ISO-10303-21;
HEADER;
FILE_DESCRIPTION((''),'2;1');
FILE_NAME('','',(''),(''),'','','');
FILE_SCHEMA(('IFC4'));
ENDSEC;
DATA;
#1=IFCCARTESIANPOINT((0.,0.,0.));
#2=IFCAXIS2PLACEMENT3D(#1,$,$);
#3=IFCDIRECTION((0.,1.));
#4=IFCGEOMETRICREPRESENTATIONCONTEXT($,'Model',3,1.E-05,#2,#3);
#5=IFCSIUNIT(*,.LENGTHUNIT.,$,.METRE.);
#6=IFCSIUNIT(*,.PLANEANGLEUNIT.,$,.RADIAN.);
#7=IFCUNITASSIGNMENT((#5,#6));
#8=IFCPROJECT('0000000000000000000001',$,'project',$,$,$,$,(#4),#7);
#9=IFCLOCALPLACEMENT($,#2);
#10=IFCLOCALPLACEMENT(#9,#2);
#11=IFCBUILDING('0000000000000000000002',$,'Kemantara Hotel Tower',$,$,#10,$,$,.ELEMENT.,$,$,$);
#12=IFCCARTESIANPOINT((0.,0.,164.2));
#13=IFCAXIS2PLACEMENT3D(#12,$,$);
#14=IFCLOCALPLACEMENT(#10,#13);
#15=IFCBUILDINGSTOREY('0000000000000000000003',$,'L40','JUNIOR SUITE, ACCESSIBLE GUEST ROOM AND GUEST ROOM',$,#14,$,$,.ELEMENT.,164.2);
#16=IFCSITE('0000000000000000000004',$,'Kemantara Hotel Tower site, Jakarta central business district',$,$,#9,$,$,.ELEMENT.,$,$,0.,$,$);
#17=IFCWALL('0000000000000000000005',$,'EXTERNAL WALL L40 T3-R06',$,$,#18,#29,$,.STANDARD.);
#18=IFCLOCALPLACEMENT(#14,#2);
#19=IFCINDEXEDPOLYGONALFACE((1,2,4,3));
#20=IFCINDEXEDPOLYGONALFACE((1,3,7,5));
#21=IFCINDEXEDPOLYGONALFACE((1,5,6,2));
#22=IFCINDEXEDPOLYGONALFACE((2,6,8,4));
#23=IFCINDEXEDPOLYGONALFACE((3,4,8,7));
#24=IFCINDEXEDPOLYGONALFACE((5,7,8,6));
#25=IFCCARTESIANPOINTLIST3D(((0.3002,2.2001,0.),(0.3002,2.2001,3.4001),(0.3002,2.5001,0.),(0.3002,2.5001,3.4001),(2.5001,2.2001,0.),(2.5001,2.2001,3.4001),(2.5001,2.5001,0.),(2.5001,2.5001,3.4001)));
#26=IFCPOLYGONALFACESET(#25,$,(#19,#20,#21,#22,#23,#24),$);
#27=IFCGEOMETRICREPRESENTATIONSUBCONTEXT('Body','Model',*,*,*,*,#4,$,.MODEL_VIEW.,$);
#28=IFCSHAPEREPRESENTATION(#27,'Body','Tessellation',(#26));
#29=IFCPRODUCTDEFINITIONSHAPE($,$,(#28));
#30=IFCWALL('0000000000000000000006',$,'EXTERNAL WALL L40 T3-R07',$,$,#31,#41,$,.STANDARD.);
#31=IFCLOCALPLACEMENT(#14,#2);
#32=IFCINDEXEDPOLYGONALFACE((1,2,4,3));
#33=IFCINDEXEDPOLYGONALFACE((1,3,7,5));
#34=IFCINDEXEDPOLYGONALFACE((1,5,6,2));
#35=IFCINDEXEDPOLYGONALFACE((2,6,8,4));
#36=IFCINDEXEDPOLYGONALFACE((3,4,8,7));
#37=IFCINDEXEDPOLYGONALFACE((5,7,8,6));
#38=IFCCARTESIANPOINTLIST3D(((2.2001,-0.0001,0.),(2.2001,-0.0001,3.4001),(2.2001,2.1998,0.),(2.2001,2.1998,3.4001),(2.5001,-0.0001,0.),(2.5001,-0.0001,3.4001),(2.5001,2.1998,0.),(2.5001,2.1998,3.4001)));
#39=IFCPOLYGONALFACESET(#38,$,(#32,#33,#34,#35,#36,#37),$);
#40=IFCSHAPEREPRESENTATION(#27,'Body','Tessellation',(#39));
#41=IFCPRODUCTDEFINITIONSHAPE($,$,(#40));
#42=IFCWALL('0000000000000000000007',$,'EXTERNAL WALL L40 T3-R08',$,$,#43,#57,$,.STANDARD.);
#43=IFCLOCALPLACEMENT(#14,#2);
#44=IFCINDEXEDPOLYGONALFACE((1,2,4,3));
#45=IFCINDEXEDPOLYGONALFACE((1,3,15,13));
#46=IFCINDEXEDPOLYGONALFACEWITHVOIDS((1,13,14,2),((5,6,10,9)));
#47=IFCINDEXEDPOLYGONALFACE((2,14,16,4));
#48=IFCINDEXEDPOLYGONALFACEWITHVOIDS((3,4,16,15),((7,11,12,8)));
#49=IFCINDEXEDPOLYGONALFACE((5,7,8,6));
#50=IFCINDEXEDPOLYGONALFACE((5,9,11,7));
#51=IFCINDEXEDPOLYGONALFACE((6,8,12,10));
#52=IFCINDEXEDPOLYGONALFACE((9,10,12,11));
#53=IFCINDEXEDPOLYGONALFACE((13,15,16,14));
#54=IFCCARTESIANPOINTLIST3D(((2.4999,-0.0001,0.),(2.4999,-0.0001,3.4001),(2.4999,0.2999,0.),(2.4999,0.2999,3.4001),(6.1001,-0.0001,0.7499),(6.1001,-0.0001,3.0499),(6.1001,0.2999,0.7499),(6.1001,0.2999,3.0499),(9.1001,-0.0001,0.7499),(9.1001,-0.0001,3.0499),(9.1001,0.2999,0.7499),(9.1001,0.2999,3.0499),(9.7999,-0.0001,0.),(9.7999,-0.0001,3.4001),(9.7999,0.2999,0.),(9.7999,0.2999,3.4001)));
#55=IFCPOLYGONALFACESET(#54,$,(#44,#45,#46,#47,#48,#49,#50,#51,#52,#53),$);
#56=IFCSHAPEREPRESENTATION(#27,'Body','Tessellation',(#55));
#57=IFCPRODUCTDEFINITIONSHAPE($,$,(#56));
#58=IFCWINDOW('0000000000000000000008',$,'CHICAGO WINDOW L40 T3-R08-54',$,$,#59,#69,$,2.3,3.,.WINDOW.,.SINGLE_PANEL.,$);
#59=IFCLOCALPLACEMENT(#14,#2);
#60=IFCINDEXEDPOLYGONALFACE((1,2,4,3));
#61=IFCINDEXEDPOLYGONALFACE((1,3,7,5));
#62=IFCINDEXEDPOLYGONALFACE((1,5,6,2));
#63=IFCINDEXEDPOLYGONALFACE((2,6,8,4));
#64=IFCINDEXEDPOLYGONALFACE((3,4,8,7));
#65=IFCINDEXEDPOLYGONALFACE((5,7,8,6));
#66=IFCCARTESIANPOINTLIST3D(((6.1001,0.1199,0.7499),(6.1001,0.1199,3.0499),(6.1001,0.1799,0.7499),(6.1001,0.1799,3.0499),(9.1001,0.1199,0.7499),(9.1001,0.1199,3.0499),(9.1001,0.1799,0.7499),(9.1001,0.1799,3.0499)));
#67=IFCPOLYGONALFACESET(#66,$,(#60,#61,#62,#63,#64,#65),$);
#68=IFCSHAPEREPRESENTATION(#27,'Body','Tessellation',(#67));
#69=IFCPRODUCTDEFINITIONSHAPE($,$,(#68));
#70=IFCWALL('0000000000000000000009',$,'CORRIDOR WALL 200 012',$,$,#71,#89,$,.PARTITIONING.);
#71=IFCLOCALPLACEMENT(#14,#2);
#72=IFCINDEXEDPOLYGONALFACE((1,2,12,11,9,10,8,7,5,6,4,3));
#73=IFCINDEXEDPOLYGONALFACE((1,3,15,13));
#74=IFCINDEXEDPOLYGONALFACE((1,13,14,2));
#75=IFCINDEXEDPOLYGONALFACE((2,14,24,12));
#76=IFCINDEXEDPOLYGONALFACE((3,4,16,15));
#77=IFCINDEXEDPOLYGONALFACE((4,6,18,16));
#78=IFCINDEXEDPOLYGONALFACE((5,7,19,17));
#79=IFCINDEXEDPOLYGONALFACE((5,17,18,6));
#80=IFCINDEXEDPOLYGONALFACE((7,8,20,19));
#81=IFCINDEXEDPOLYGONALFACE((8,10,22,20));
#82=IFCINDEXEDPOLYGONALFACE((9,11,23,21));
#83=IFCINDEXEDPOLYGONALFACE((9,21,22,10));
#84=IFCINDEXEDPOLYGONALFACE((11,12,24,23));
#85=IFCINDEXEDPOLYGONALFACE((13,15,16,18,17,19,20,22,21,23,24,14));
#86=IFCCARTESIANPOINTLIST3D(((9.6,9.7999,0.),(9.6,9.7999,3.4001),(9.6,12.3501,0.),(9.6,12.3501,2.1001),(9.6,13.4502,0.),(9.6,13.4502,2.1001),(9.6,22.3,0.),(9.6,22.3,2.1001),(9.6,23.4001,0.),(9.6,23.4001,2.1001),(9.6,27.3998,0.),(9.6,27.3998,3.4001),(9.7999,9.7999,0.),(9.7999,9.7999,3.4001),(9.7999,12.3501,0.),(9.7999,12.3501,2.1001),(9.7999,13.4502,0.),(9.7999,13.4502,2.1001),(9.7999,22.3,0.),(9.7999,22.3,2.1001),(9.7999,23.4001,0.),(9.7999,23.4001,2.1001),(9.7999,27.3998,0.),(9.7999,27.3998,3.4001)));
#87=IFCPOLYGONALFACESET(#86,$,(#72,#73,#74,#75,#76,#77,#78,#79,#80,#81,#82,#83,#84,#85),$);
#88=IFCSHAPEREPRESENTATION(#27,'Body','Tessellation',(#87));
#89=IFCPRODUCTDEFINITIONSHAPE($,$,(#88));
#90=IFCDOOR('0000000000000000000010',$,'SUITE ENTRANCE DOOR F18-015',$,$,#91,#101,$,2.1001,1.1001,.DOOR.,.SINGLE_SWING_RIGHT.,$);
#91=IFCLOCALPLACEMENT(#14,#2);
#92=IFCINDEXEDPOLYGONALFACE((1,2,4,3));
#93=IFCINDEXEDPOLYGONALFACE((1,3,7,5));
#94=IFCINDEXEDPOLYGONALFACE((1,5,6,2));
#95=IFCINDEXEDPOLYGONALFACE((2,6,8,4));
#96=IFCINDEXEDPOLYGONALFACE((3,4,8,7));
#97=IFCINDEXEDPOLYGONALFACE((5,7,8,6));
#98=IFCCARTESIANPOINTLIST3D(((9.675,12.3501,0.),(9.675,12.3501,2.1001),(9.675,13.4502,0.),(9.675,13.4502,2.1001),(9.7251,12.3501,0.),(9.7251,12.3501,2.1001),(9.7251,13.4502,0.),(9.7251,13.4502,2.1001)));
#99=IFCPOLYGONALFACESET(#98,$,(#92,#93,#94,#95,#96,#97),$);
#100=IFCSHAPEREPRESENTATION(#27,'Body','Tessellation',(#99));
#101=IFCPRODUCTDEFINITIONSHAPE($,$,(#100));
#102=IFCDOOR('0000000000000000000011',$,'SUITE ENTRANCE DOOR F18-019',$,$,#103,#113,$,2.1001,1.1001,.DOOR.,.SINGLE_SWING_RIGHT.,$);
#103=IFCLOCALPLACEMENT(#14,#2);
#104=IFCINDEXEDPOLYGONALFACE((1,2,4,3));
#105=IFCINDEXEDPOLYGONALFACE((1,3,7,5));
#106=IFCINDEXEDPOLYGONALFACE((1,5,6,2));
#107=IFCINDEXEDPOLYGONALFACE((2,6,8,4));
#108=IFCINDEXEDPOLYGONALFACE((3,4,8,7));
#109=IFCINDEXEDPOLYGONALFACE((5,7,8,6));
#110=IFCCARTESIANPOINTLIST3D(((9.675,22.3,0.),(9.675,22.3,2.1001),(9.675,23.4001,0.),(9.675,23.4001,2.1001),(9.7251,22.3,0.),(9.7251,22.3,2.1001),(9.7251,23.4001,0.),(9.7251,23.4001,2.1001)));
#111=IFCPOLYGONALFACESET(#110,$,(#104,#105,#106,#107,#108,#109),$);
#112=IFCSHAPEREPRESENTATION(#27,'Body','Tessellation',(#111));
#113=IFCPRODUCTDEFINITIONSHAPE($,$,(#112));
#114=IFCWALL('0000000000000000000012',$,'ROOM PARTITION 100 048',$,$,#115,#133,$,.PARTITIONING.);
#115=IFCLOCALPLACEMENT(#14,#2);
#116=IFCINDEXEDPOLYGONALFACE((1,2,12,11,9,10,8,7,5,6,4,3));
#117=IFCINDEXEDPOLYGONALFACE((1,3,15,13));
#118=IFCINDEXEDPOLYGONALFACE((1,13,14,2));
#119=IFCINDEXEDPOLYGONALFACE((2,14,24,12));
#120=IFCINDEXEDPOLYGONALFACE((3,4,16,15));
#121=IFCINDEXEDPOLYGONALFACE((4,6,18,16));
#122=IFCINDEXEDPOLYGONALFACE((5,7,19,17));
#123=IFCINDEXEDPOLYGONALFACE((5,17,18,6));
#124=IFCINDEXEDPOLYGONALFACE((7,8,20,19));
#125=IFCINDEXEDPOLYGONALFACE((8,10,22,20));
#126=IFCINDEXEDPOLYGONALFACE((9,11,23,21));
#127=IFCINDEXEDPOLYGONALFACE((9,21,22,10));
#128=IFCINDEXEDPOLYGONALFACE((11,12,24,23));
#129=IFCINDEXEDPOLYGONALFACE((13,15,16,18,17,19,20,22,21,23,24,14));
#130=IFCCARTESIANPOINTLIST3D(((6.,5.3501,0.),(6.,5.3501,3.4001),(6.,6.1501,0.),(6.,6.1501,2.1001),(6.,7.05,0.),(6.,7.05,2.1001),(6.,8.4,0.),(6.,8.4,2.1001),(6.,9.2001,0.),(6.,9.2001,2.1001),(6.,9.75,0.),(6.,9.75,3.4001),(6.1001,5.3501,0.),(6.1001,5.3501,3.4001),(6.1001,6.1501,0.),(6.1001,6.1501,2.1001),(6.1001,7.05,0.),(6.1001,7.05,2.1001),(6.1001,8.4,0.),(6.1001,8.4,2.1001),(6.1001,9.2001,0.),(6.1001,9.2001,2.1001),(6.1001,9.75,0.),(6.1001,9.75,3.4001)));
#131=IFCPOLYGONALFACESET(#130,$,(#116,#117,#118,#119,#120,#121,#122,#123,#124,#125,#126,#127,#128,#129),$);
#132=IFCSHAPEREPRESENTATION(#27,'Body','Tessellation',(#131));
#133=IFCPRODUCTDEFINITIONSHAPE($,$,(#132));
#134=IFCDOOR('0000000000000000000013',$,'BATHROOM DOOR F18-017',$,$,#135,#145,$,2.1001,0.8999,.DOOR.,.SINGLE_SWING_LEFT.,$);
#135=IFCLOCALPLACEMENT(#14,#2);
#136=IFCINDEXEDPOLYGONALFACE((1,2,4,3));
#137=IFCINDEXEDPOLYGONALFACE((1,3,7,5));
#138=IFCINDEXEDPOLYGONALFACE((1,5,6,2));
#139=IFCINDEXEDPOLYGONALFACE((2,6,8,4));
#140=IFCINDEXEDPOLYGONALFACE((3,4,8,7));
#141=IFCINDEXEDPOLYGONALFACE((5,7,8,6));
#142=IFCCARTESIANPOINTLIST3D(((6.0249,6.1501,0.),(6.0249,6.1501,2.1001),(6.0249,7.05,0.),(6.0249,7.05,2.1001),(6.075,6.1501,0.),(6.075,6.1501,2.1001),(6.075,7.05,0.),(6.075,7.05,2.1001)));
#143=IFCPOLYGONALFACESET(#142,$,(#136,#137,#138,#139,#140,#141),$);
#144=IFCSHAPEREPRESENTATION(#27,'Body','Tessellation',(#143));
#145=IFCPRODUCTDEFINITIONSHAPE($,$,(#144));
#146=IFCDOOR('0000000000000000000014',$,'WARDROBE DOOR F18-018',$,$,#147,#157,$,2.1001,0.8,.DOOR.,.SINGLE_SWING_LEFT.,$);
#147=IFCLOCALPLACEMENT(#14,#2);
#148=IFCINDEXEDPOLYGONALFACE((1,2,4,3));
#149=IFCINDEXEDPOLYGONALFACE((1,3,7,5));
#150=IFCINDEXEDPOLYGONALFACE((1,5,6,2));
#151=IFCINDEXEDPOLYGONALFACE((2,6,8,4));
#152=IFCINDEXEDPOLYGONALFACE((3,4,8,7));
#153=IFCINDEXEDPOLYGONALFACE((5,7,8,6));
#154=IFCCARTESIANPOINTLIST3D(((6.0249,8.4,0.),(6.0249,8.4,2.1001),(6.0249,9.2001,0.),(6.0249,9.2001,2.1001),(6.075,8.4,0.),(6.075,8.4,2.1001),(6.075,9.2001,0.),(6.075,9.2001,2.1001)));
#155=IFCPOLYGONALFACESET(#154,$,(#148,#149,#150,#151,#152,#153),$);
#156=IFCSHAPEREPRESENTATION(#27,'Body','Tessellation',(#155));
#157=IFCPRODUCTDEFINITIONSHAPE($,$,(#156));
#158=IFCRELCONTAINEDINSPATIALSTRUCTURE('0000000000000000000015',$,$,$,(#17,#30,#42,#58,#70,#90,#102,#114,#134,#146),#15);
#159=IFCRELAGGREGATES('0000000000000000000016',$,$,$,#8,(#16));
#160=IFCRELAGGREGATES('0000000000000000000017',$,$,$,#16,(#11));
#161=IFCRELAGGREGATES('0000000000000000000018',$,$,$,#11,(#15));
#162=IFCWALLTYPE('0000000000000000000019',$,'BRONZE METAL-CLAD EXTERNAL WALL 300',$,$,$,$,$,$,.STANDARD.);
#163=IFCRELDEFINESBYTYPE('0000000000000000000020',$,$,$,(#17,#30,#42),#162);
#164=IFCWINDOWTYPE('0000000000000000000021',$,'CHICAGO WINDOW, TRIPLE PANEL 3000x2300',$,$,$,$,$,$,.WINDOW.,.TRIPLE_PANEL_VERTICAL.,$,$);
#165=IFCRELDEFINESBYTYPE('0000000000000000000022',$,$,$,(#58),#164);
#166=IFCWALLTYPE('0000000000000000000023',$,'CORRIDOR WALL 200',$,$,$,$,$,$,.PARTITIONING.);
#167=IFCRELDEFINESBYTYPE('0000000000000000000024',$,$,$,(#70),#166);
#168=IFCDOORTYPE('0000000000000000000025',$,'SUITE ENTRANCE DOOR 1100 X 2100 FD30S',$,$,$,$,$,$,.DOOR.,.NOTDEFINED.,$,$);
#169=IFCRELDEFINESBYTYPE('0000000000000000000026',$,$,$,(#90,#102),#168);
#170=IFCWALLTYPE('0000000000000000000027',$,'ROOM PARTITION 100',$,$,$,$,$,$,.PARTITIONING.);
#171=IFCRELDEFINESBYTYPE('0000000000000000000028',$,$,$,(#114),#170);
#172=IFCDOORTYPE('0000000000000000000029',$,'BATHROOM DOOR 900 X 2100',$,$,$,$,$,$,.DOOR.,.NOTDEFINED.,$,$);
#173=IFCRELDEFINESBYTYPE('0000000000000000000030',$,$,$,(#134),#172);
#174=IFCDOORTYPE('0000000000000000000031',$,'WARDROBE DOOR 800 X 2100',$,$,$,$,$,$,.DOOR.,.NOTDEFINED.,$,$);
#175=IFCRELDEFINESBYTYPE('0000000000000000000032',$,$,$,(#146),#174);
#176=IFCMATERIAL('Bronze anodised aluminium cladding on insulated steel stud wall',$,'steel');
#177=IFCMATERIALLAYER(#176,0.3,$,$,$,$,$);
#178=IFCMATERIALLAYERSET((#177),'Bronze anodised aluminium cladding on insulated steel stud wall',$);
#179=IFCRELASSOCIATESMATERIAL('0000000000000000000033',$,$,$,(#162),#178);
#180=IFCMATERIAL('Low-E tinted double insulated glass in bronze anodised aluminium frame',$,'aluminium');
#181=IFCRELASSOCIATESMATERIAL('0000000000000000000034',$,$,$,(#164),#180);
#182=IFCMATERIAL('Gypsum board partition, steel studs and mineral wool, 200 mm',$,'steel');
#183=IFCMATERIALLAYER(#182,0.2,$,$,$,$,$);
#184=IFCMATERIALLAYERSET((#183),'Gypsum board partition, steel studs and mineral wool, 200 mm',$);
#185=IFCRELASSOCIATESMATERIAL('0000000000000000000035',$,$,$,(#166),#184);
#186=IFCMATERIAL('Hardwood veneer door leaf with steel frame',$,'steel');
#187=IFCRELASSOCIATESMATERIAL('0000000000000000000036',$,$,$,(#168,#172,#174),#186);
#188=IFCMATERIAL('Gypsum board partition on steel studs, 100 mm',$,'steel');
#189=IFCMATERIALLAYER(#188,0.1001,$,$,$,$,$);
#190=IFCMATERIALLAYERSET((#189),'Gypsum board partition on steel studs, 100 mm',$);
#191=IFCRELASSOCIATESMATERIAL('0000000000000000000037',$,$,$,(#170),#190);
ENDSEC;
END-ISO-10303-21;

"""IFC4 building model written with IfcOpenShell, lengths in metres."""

from ifc_helpers import new_model, si_unit, direction, frame, frame_2d, origin, place, context, subcontext, project, spatial, rectangle, extrude, material, layer, layer_set, type_object, element, fill, save


model = new_model("IFC4")

# Units and contexts
model_context = context("Model", 3, precision=1e-05, world=origin(), true_north=direction((0.0, 1.0)))
body_context = subcontext(model_context, "Body", "Model", "MODEL_VIEW")
ifc_project = project(units=[si_unit("LENGTHUNIT", "METRE"), si_unit("PLANEANGLEUNIT", "RADIAN")], contexts=[model_context])

# Site, building, storey
site_placement = place(None, origin())
site = spatial("IfcSite", under=ifc_project, at=site_placement, Name="Kemantara Hotel Tower site, Jakarta central business district", CompositionType="ELEMENT", RefElevation=0.0)
building_placement = place(site_placement, origin())
building = spatial("IfcBuilding", under=site, at=building_placement, Name="Kemantara Hotel Tower", CompositionType="ELEMENT")
storey_placement = place(building_placement, frame((0.0, 0.0, 164.2)))
storey = spatial("IfcBuildingStorey", under=building, at=storey_placement, Name="L40", Description="JUNIOR SUITE, ACCESSIBLE GUEST ROOM AND GUEST ROOM", CompositionType="ELEMENT", Elevation=164.2)

# Walls
ifc_material_1 = material(Name="Bronze anodised aluminium cladding on insulated steel stud wall", Category="steel")
ifc_layer_1 = layer(ifc_material_1, 0.3)
ifc_layer_set_1 = layer_set([ifc_layer_1], Name="Bronze anodised aluminium cladding on insulated steel stud wall")
wall_type_1 = type_object("IfcWallType", Name="BRONZE METAL-CLAD EXTERNAL WALL 300", PredefinedType="STANDARD", material=ifc_layer_set_1)
for number, where, z_axis, x_axis, name in (
    (1, (0.3, 2.3501, 0.0), (0.0, 0.0, 1.0), (1.0, 0.0, 0.0), "EXTERNAL WALL L40 T3-R06"),
    (2, (2.3501, 2.2, 0.0), (0.0, 0.0, 1.0), (0.0, -1.0, 0.0), "EXTERNAL WALL L40 T3-R07"),
):
    element("IfcWall", number, at=place(storey_placement, frame(where, z_axis=z_axis, x_axis=x_axis)), inside=storey, type_object=wall_type_1, Name=name, PredefinedType="STANDARD", context=body_context, shape_type="SweptSolid", body=[
        extrude(rectangle(XDim=2.2, YDim=0.3, at=frame_2d((1.1001, 0.0))), origin(), (0.0, 0.0, 1.0), 3.4001),
    ])

# Wall, opening, window
wall_1_placement = place(storey_placement, frame((2.5, 0.1499, 0.0), z_axis=(0.0, 0.0, 1.0), x_axis=(1.0, 0.0, 0.0)))
wall_1 = element("IfcWall", 3, at=wall_1_placement, inside=storey, type_object=wall_type_1, Name="EXTERNAL WALL L40 T3-R08", PredefinedType="STANDARD", context=body_context, shape_type="SweptSolid", body=[
    extrude(rectangle(XDim=7.3, YDim=0.3, at=frame_2d((3.6499, 0.0))), origin(), (0.0, 0.0, 1.0), 3.4001),
])
opening_1_placement = place(wall_1_placement, frame((3.6001, 0.0, 0.75)))
opening_1 = element("IfcOpeningElement", 4, at=opening_1_placement, cuts=wall_1, PredefinedType="OPENING", context=body_context, shape_type="SweptSolid", body=[
    extrude(rectangle(XDim=3.0, YDim=2.3, at=frame_2d((1.5, 1.1499))), frame((0.0, 0.1599, 0.0), z_axis=(0.0, -1.0, 0.0), x_axis=(1.0, 0.0, 0.0)), (0.0, 0.0, 1.0), 0.3201),
])
ifc_material_2 = material(Name="Low-E tinted double insulated glass in bronze anodised aluminium frame", Category="aluminium")
window_type = type_object("IfcWindowType", Name="CHICAGO WINDOW, TRIPLE PANEL 3000x2300", PartitioningType="TRIPLE_PANEL_VERTICAL", PredefinedType="WINDOW", material=ifc_material_2)
window_placement = place(opening_1_placement, origin())
window = element("IfcWindow", 5, at=window_placement, inside=storey, type_object=window_type, Name="CHICAGO WINDOW L40 T3-R08-54", OverallHeight=2.3, OverallWidth=3.0, PartitioningType="SINGLE_PANEL", PredefinedType="WINDOW", context=body_context, shape_type="SweptSolid", body=[
    extrude(rectangle(XDim=3.0, YDim=2.3, at=frame_2d((1.5, 1.1499))), frame((0.0, 0.03, 0.0), z_axis=(0.0, -1.0, 0.0), x_axis=(1.0, 0.0, 0.0)), (0.0, 0.0, 1.0), 0.0601),
])
fill(opening_1, window)

# Walls, openings, doors
ifc_material_3 = material(Name="Gypsum board partition, steel studs and mineral wool, 200 mm", Category="steel")
ifc_layer_2 = layer(ifc_material_3, 0.2)
ifc_layer_set_2 = layer_set([ifc_layer_2], Name="Gypsum board partition, steel studs and mineral wool, 200 mm")
wall_type_2 = type_object("IfcWallType", Name="CORRIDOR WALL 200", PredefinedType="PARTITIONING", material=ifc_layer_set_2)
wall_2_placement = place(storey_placement, frame((9.7, 9.8, 0.0), z_axis=(0.0, 0.0, 1.0), x_axis=(0.0, 1.0, 0.0)))
wall_2 = element("IfcWall", 6, at=wall_2_placement, inside=storey, type_object=wall_type_2, Name="CORRIDOR WALL 200 012", PredefinedType="PARTITIONING", context=body_context, shape_type="SweptSolid", body=[
    extrude(rectangle(XDim=17.5999, YDim=0.2, at=frame_2d((8.7998, 0.0))), origin(), (0.0, 0.0, 1.0), 3.4001),
])
opening_2_placement = place(wall_2_placement, frame((2.55, 0.0, 0.0)))
opening_2 = element("IfcOpeningElement", 7, at=opening_2_placement, cuts=wall_2, PredefinedType="OPENING", context=body_context, shape_type="SweptSolid", body=[
    extrude(rectangle(XDim=1.1001, YDim=2.1001, at=frame_2d((0.55, 1.05))), frame((0.0, 0.1099, 0.0), z_axis=(0.0, -1.0, 0.0), x_axis=(1.0, 0.0, 0.0)), (0.0, 0.0, 1.0), 0.22),
])
opening_3_placement = place(wall_2_placement, frame((12.5, 0.0, 0.0)))
opening_3 = element("IfcOpeningElement", 8, at=opening_3_placement, cuts=wall_2, PredefinedType="OPENING", context=body_context, shape_type="SweptSolid", body=[
    extrude(rectangle(XDim=1.1001, YDim=2.1001, at=frame_2d((0.55, 1.05))), frame((0.0, 0.1099, 0.0), z_axis=(0.0, -1.0, 0.0), x_axis=(1.0, 0.0, 0.0)), (0.0, 0.0, 1.0), 0.22),
])
ifc_material_4 = material(Name="Hardwood veneer door leaf with steel frame", Category="steel")
door_type_1 = type_object("IfcDoorType", Name="SUITE ENTRANCE DOOR 1100 X 2100 FD30S", OperationType="NOTDEFINED", PredefinedType="DOOR", material=ifc_material_4)
door_1_placement = place(opening_2_placement, origin())
door_1 = element("IfcDoor", 9, at=door_1_placement, inside=storey, type_object=door_type_1, Name="SUITE ENTRANCE DOOR F18-015", OperationType="SINGLE_SWING_RIGHT", OverallHeight=2.1001, OverallWidth=1.1001, PredefinedType="DOOR", context=body_context, shape_type="SweptSolid", body=[
    extrude(rectangle(XDim=1.1001, YDim=2.1001, at=frame_2d((0.55, 1.05))), frame((0.0, 0.0249, 0.0), z_axis=(0.0, -1.0, 0.0), x_axis=(1.0, 0.0, 0.0)), (0.0, 0.0, 1.0), 0.05),
])
fill(opening_2, door_1)
door_2_placement = place(opening_3_placement, origin())
door_2 = element("IfcDoor", 10, at=door_2_placement, inside=storey, type_object=door_type_1, Name="SUITE ENTRANCE DOOR F18-019", OperationType="SINGLE_SWING_RIGHT", OverallHeight=2.1001, OverallWidth=1.1001, PredefinedType="DOOR", context=body_context, shape_type="SweptSolid", body=[
    extrude(rectangle(XDim=1.1001, YDim=2.1001, at=frame_2d((0.55, 1.05))), frame((0.0, 0.0249, 0.0), z_axis=(0.0, -1.0, 0.0), x_axis=(1.0, 0.0, 0.0)), (0.0, 0.0, 1.0), 0.05),
])
fill(opening_3, door_2)
ifc_material_5 = material(Name="Gypsum board partition on steel studs, 100 mm", Category="steel")
ifc_layer_3 = layer(ifc_material_5, 0.1001)
ifc_layer_set_3 = layer_set([ifc_layer_3], Name="Gypsum board partition on steel studs, 100 mm")
wall_type_3 = type_object("IfcWallType", Name="ROOM PARTITION 100", PredefinedType="PARTITIONING", material=ifc_layer_set_3)
wall_3_placement = place(storey_placement, frame((6.05, 9.75, 0.0), z_axis=(0.0, 0.0, 1.0), x_axis=(0.0, -1.0, 0.0)))
wall_3 = element("IfcWall", 11, at=wall_3_placement, inside=storey, type_object=wall_type_3, Name="ROOM PARTITION 100 048", PredefinedType="PARTITIONING", context=body_context, shape_type="SweptSolid", body=[
    extrude(rectangle(XDim=4.3999, YDim=0.1001, at=frame_2d((2.2, 0.0))), origin(), (0.0, 0.0, 1.0), 3.4001),
])
opening_4_placement = place(wall_3_placement, frame((2.7, 0.0, 0.0)))
opening_4 = element("IfcOpeningElement", 12, at=opening_4_placement, cuts=wall_3, PredefinedType="OPENING", context=body_context, shape_type="SweptSolid", body=[
    extrude(rectangle(XDim=0.8999, YDim=2.1001, at=frame_2d((0.45, 1.05))), frame((0.0, 0.0601, 0.0), z_axis=(0.0, -1.0, 0.0), x_axis=(1.0, 0.0, 0.0)), (0.0, 0.0, 1.0), 0.1201),
])
opening_5_placement = place(wall_3_placement, frame((0.55, 0.0, 0.0)))
opening_5 = element("IfcOpeningElement", 13, at=opening_5_placement, cuts=wall_3, PredefinedType="OPENING", context=body_context, shape_type="SweptSolid", body=[
    extrude(rectangle(XDim=0.8, YDim=2.1001, at=frame_2d((0.3999, 1.05))), frame((0.0, 0.0601, 0.0), z_axis=(0.0, -1.0, 0.0), x_axis=(1.0, 0.0, 0.0)), (0.0, 0.0, 1.0), 0.1201),
])
door_type_2 = type_object("IfcDoorType", Name="BATHROOM DOOR 900 X 2100", OperationType="NOTDEFINED", PredefinedType="DOOR", material=ifc_material_4)
door_3_placement = place(opening_4_placement, origin())
door_3 = element("IfcDoor", 14, at=door_3_placement, inside=storey, type_object=door_type_2, Name="BATHROOM DOOR F18-017", OperationType="SINGLE_SWING_LEFT", OverallHeight=2.1001, OverallWidth=0.8999, PredefinedType="DOOR", context=body_context, shape_type="SweptSolid", body=[
    extrude(rectangle(XDim=0.8999, YDim=2.1001, at=frame_2d((0.45, 1.05))), frame((0.0, 0.0249, 0.0), z_axis=(0.0, -1.0, 0.0), x_axis=(1.0, 0.0, 0.0)), (0.0, 0.0, 1.0), 0.05),
])
fill(opening_4, door_3)
door_type_3 = type_object("IfcDoorType", Name="WARDROBE DOOR 800 X 2100", OperationType="NOTDEFINED", PredefinedType="DOOR", material=ifc_material_4)
door_4_placement = place(opening_5_placement, origin())
door_4 = element("IfcDoor", 15, at=door_4_placement, inside=storey, type_object=door_type_3, Name="WARDROBE DOOR F18-018", OperationType="SINGLE_SWING_LEFT", OverallHeight=2.1001, OverallWidth=0.8, PredefinedType="DOOR", context=body_context, shape_type="SweptSolid", body=[
    extrude(rectangle(XDim=0.8, YDim=2.1001, at=frame_2d((0.3999, 1.05))), frame((0.0, 0.0249, 0.0), z_axis=(0.0, -1.0, 0.0), x_axis=(1.0, 0.0, 0.0)), (0.0, 0.0, 1.0), 0.05),
])
fill(opening_5, door_4)

save(model, "model.ifc")
